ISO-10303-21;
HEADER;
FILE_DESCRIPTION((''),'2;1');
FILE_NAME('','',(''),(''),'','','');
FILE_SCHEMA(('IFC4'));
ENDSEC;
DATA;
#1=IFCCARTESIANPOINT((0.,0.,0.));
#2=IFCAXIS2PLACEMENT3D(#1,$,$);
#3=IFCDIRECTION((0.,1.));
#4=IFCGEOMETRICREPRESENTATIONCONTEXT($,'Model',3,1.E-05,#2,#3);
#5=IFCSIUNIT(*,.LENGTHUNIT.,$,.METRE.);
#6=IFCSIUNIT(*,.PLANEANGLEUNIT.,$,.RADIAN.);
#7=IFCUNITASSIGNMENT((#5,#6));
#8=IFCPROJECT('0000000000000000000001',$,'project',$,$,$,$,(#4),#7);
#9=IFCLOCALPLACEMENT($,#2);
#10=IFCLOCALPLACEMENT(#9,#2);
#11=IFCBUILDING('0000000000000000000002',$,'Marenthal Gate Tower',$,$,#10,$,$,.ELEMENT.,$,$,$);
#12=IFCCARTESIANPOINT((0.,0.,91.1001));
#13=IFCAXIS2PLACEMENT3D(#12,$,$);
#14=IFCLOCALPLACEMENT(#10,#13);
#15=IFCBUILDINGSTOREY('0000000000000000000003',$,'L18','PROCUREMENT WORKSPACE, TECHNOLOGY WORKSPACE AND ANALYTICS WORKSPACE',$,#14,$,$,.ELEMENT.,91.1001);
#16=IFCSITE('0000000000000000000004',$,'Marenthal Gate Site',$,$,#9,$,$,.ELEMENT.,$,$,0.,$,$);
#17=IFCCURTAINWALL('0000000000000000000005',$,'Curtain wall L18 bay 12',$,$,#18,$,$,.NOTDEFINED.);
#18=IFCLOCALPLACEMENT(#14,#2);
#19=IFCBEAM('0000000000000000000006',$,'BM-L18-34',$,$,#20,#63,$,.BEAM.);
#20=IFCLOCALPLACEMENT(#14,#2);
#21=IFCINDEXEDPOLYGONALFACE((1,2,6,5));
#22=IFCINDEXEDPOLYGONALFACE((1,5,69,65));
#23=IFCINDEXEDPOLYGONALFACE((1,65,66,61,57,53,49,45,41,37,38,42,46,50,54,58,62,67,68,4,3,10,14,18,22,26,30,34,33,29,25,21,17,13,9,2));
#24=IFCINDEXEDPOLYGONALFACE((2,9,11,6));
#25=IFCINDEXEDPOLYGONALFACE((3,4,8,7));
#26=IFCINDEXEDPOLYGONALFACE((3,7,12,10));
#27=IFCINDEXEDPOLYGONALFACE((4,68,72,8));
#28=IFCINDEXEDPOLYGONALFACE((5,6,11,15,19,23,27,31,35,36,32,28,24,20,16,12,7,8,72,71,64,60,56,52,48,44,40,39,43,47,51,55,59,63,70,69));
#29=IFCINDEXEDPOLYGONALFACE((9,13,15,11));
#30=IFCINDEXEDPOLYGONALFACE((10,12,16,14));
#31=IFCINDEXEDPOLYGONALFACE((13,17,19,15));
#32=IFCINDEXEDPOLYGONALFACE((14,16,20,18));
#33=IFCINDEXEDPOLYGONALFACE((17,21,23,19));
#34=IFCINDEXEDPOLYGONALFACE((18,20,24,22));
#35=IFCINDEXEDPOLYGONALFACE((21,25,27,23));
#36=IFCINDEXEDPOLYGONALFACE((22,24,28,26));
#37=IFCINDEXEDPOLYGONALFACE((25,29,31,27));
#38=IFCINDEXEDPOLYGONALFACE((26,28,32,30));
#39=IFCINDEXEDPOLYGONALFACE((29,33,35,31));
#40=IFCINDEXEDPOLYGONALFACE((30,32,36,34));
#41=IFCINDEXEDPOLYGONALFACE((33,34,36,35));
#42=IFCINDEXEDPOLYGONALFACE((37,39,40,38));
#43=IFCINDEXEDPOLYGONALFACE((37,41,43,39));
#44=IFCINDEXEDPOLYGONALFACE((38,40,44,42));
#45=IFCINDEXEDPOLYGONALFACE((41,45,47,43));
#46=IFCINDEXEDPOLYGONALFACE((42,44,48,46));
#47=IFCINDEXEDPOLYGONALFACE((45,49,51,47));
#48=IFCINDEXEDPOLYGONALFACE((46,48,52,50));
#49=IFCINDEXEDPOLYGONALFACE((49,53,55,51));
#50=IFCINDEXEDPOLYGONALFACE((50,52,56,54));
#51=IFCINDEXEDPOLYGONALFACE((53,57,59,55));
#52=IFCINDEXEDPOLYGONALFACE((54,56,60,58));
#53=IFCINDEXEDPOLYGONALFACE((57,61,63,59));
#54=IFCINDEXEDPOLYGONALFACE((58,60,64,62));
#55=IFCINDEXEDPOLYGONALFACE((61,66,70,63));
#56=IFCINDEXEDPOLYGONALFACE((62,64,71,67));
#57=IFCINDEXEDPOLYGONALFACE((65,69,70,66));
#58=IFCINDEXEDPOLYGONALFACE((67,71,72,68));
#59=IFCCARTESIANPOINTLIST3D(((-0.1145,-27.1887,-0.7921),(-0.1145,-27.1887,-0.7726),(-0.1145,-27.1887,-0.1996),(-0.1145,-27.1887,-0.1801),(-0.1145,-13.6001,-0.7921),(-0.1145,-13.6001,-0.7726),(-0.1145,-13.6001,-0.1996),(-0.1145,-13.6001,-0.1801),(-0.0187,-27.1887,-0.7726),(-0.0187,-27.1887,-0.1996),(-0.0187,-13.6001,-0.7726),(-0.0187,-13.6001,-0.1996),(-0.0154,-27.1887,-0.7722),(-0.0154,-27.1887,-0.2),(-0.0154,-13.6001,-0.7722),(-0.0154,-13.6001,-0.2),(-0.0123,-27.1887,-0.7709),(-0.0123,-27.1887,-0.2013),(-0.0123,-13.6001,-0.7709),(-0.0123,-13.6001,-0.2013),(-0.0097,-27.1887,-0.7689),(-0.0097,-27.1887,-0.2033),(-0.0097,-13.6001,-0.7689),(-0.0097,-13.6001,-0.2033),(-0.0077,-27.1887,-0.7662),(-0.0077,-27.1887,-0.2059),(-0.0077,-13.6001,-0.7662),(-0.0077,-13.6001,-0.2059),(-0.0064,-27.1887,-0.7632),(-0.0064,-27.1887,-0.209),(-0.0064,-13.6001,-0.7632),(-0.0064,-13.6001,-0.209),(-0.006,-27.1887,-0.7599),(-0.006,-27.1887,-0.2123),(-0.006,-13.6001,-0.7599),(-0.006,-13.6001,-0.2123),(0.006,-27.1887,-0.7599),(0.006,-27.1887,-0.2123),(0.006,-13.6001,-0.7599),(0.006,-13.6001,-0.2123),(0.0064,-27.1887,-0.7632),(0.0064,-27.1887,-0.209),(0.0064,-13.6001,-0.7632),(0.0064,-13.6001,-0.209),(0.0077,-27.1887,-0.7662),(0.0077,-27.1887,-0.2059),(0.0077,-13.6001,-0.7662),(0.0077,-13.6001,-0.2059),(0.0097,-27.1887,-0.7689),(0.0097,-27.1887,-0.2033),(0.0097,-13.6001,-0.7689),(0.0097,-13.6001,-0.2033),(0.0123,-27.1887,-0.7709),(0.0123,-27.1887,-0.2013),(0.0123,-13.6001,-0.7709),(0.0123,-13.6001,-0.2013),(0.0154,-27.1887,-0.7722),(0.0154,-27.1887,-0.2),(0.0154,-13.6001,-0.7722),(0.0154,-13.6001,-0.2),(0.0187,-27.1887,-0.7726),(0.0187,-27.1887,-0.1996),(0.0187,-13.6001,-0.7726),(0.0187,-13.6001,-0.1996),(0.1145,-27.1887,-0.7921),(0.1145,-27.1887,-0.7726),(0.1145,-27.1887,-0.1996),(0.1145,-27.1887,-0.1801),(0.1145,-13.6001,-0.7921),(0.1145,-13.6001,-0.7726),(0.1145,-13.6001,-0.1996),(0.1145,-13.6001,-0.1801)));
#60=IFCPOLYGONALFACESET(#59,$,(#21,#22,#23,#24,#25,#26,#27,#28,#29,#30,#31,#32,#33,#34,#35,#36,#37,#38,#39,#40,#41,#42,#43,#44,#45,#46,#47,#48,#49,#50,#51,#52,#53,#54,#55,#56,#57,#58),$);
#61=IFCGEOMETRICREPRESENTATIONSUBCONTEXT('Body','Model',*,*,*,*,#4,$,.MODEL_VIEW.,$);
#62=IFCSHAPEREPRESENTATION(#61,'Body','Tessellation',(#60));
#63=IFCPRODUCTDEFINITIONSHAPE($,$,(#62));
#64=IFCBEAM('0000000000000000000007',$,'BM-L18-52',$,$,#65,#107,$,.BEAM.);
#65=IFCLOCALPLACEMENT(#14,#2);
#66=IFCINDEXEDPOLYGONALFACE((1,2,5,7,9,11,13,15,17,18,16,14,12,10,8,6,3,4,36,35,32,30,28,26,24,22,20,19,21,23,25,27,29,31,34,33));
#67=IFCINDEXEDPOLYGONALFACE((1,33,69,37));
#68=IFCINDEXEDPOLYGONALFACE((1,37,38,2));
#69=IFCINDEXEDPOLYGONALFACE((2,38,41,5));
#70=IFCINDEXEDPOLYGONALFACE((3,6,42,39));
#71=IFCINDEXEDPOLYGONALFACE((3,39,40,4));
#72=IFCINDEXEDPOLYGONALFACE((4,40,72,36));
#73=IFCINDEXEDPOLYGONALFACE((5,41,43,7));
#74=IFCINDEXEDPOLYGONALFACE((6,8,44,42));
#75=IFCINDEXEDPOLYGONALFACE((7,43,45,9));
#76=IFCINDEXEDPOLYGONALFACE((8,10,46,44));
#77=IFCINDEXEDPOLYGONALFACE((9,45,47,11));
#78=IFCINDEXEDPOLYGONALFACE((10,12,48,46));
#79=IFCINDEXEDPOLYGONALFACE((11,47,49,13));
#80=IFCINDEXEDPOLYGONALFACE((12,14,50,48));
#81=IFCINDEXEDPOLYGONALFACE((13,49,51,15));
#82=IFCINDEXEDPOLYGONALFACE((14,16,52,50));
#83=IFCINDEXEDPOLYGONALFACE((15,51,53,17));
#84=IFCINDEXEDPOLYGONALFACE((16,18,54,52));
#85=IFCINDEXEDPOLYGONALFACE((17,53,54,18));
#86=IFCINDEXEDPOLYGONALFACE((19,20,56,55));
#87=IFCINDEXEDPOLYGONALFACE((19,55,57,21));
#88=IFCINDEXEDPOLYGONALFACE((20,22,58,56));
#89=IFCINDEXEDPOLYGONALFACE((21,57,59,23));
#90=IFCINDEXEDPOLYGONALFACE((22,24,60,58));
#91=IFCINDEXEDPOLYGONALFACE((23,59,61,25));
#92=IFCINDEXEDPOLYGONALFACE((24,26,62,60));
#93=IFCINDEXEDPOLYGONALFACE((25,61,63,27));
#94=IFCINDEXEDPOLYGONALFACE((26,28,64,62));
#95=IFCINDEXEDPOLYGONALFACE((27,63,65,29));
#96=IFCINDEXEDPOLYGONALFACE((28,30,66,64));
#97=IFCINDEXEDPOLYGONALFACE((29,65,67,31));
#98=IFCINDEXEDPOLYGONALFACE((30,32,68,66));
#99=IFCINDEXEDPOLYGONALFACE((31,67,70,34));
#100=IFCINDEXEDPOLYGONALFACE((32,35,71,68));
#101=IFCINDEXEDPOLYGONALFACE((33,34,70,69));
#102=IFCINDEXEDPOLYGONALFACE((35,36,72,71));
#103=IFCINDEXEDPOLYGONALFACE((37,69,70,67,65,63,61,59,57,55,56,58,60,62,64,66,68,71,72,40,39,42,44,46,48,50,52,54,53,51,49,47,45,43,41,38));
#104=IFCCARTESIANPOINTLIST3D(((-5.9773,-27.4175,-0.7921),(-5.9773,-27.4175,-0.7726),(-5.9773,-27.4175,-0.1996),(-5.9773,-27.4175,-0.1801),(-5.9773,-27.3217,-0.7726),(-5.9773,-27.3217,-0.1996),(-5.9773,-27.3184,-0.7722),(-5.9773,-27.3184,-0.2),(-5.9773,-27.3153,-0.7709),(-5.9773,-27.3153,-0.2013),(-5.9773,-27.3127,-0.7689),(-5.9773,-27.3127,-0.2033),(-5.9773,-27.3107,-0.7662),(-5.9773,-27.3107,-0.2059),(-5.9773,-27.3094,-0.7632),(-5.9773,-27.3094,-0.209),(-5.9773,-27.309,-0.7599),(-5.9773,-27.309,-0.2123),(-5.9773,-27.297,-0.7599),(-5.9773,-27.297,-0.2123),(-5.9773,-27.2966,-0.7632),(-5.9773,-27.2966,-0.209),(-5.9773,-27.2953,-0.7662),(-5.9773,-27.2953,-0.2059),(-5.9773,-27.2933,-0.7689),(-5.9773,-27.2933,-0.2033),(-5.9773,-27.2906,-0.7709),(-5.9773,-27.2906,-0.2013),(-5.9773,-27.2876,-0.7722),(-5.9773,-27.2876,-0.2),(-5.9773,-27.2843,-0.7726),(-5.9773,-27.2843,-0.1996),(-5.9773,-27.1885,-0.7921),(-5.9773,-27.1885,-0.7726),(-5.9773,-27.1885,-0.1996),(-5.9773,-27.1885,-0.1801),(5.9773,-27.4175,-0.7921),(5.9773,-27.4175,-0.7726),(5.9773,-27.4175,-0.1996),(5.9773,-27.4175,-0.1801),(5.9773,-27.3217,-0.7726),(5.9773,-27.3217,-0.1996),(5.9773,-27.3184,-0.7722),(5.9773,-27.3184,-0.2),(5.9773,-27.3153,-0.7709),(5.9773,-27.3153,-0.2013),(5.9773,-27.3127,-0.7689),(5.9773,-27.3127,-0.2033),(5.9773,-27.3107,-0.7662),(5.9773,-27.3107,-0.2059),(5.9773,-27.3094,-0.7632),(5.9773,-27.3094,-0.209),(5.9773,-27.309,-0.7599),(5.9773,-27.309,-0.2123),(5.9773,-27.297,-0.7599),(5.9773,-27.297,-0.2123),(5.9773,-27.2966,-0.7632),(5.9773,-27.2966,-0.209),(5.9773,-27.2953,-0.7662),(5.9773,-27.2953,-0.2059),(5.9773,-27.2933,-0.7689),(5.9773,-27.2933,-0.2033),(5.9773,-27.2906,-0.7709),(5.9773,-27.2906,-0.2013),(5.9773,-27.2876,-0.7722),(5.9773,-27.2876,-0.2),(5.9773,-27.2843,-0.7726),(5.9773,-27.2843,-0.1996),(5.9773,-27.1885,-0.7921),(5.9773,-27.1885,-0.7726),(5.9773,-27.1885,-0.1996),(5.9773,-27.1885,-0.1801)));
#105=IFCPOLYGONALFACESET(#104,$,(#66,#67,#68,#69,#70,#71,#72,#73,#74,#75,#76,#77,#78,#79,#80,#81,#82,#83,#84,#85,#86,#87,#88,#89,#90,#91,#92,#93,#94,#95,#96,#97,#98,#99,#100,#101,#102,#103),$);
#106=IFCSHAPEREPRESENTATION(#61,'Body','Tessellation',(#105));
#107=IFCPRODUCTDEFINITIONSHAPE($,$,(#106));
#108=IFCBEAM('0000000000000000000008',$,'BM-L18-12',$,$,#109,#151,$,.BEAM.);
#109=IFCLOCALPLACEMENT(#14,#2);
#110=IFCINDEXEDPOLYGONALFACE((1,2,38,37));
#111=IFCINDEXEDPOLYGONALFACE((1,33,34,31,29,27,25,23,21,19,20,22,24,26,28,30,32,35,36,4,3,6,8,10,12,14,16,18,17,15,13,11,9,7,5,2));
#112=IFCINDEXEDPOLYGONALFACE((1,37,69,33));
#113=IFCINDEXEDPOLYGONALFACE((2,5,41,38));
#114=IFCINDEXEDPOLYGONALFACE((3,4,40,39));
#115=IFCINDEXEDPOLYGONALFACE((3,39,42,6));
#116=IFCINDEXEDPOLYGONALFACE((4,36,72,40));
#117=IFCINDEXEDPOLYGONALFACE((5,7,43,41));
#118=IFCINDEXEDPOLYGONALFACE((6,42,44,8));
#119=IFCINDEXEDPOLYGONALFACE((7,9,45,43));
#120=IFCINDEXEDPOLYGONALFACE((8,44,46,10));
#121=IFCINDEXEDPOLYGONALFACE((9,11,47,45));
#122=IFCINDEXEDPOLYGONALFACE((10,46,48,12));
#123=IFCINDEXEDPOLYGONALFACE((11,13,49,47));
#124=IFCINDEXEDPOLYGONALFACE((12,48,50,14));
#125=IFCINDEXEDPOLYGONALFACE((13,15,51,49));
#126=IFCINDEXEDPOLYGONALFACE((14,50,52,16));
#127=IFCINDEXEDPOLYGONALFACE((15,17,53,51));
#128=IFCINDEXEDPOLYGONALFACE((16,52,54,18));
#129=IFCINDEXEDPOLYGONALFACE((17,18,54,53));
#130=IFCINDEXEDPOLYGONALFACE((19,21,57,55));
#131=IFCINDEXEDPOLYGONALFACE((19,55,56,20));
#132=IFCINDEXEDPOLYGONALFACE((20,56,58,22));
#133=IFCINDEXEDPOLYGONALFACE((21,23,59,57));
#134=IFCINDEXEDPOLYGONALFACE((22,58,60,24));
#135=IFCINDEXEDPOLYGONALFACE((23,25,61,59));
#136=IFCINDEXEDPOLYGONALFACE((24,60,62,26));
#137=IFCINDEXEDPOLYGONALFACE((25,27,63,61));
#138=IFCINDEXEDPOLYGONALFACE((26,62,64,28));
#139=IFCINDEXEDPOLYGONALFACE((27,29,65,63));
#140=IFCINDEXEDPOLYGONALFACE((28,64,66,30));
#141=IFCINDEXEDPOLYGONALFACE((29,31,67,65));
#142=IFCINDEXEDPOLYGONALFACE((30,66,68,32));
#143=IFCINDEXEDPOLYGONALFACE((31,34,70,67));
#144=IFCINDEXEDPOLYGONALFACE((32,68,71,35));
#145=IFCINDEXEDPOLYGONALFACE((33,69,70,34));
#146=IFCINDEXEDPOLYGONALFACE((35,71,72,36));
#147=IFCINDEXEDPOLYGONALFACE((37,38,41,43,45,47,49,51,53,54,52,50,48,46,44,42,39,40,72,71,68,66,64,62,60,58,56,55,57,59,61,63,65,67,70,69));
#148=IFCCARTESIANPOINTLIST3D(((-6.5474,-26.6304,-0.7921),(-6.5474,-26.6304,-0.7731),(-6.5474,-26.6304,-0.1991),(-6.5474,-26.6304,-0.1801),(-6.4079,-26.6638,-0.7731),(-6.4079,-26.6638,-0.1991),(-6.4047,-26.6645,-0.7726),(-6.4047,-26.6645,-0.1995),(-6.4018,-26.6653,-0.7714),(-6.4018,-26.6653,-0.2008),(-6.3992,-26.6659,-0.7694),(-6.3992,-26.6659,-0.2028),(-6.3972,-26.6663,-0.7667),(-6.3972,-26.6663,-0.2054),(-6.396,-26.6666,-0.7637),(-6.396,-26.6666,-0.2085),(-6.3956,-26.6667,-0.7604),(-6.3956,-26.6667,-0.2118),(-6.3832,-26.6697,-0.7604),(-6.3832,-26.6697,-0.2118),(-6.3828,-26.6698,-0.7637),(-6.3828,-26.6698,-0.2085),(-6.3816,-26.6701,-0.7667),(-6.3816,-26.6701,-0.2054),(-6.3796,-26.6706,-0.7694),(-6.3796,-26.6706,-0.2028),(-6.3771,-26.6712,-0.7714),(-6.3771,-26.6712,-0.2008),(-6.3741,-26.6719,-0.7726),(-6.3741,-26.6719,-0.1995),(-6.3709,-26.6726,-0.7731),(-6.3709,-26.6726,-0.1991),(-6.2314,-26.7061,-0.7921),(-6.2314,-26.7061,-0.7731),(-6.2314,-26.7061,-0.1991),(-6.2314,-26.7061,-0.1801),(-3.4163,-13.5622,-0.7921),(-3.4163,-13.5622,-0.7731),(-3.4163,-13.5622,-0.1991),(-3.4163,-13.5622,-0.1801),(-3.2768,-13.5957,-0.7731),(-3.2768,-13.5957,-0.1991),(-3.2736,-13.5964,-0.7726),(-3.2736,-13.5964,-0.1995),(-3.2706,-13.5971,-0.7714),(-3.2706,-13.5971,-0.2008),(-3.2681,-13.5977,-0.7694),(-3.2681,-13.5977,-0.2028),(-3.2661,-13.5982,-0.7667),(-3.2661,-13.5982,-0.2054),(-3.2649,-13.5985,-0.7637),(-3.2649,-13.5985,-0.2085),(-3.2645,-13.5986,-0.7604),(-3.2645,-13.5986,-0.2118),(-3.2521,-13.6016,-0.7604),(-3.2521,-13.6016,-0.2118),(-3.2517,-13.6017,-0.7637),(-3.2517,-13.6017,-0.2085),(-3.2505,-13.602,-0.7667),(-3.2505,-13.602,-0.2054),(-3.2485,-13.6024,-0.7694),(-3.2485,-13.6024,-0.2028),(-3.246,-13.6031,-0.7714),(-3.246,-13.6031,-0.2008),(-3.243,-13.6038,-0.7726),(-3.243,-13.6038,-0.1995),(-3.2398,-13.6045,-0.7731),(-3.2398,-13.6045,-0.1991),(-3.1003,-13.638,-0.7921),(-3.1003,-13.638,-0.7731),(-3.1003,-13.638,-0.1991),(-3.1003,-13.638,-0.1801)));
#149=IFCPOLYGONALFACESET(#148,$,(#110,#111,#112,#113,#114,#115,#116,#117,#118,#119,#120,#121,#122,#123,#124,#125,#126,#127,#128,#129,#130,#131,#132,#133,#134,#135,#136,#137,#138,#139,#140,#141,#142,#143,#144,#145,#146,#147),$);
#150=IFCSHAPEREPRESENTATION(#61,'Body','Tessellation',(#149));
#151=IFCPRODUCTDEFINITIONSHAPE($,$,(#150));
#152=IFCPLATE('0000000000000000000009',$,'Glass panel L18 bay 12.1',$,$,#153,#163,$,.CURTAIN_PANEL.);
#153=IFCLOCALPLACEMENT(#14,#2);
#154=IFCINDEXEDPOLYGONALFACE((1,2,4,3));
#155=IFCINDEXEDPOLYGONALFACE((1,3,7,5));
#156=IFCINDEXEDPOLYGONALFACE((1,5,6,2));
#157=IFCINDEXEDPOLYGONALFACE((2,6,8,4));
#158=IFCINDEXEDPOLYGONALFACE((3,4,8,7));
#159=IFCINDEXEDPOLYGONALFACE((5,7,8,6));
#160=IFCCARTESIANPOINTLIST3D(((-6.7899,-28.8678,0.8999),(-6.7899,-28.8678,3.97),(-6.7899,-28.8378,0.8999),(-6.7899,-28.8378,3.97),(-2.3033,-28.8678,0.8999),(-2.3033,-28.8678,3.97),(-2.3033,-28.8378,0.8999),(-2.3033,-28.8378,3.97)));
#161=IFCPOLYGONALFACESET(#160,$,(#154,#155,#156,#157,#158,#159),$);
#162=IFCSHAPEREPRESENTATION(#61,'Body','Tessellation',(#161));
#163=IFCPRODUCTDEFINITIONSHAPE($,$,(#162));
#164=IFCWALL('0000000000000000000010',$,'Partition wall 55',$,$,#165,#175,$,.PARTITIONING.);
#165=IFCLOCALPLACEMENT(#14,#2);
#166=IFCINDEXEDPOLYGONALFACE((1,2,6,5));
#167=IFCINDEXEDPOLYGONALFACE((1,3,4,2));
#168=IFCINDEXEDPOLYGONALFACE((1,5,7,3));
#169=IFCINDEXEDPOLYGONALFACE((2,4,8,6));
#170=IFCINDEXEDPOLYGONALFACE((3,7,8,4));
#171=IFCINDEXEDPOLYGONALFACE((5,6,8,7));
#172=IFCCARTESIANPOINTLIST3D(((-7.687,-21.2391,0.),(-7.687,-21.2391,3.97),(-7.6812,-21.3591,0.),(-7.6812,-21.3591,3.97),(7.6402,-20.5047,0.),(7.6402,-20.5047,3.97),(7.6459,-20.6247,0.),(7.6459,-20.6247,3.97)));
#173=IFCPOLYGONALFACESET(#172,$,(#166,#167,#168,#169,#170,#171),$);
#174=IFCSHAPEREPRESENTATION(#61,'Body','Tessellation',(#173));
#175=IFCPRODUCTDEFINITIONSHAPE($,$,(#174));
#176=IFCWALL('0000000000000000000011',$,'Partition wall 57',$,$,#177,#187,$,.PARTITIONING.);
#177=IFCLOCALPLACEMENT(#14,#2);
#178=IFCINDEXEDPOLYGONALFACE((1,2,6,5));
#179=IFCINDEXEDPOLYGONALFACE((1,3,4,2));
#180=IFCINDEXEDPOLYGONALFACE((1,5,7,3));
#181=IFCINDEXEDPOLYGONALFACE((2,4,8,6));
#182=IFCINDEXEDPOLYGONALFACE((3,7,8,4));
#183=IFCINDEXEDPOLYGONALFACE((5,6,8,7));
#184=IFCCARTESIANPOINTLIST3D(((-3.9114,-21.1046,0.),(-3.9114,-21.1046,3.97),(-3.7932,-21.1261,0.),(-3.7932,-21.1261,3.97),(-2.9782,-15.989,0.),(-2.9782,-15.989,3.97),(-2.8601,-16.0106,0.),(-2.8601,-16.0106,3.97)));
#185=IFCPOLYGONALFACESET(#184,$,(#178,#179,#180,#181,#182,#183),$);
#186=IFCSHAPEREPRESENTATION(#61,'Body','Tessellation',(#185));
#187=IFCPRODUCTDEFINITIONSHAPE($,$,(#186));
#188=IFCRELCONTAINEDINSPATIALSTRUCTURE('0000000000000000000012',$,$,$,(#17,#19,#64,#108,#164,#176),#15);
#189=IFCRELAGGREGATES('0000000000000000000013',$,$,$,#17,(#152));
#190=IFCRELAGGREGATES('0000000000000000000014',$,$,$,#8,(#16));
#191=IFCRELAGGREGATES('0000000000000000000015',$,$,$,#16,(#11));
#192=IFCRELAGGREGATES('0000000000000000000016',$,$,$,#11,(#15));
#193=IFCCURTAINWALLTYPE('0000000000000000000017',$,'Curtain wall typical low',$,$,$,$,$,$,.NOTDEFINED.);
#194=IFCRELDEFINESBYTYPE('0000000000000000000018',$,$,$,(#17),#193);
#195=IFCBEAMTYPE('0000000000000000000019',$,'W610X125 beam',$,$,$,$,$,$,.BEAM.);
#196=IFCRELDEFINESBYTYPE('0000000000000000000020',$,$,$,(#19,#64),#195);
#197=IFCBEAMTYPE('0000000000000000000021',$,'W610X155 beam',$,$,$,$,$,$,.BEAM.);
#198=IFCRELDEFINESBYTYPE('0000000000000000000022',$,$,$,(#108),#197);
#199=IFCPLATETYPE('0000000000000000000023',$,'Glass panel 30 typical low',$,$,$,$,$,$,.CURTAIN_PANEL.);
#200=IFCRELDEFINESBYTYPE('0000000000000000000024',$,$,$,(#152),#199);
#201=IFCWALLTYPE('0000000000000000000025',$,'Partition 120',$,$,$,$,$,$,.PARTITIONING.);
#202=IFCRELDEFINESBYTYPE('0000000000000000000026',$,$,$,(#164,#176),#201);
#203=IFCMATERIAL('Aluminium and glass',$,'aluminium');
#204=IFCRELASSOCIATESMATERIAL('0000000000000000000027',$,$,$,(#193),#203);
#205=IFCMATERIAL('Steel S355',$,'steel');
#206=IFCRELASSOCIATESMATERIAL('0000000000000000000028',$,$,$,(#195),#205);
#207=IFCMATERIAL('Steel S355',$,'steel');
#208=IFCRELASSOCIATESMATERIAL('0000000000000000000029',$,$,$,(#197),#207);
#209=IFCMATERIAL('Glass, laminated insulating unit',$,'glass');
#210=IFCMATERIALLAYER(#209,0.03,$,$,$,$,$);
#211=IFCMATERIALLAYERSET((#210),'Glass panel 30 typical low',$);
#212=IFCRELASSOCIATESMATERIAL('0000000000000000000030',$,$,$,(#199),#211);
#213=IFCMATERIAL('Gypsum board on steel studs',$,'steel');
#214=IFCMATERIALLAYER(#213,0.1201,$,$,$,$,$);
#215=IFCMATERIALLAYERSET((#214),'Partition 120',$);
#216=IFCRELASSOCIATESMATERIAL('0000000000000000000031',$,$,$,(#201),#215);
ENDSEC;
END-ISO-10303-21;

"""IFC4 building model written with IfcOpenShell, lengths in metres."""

from ifc_helpers import new_model, si_unit, direction, frame, frame_2d, origin, origin_2d, place, context, subcontext, project, spatial, rectangle, i_section, extrude, material, layer, layer_set, material_profile, profile_set, type_object, element, aggregate, save


model = new_model("IFC4")

# Units and contexts
model_context = context("Model", 3, precision=1e-05, world=origin(), true_north=direction((0.0, 1.0)))
body_context = subcontext(model_context, "Body", "Model", "MODEL_VIEW")
ifc_project = project(units=[si_unit("LENGTHUNIT", "METRE"), si_unit("PLANEANGLEUNIT", "RADIAN")], contexts=[model_context])

# Site, building, storey
site_placement = place(None, origin())
site = spatial("IfcSite", under=ifc_project, at=site_placement, Name="Marenthal Gate Site", CompositionType="ELEMENT", RefElevation=0.0)
building_placement = place(site_placement, origin())
building = spatial("IfcBuilding", under=site, at=building_placement, Name="Marenthal Gate Tower", CompositionType="ELEMENT")
storey_placement = place(building_placement, frame((0.0, 0.0, 91.1001)))
storey = spatial("IfcBuildingStorey", under=building, at=storey_placement, Name="L18", Description="PROCUREMENT WORKSPACE, TECHNOLOGY WORKSPACE AND ANALYTICS WORKSPACE", CompositionType="ELEMENT", Elevation=91.1001)

# Curtain wall
ifc_material_1 = material(Name="Aluminium and glass", Category="aluminium")
curtain_wall_type = type_object("IfcCurtainWallType", Name="Curtain wall typical low", PredefinedType="NOTDEFINED", material=ifc_material_1)
curtain_wall_placement = place(storey_placement, origin())
curtain_wall = element("IfcCurtainWall", 1, at=curtain_wall_placement, inside=storey, type_object=curtain_wall_type, Name="Curtain wall L18 bay 12", PredefinedType="NOTDEFINED")

# Beams
ifc_material_2 = material(Name="Steel S355", Category="steel")
ifc_material_profile_1 = material_profile(ifc_material_2, i_section(OverallWidth=0.229, OverallDepth=0.6121, WebThickness=0.012, FlangeThickness=0.0195, FilletRadius=0.0127, at=origin_2d()), Name="W610X125")
ifc_profile_set_1 = profile_set([ifc_material_profile_1], Name="Steel S355")
beam_type_1 = type_object("IfcBeamType", Name="W610X125 beam", PredefinedType="BEAM", material=ifc_profile_set_1)
beam_1_placement = place(storey_placement, frame((0.0, -27.1887, -0.4861), z_axis=(0.0, 1.0, 0.0), x_axis=(-1.0, 0.0, 0.0)))
element("IfcBeam", 2, at=beam_1_placement, inside=storey, type_object=beam_type_1, Name="BM-L18-34", PredefinedType="BEAM", context=body_context, shape_type="SweptSolid", body=[
    extrude(i_section(OverallWidth=0.229, OverallDepth=0.6121, WebThickness=0.012, FlangeThickness=0.0195, FilletRadius=0.0127, at=origin_2d()), origin(), (0.0, 0.0, 1.0), 13.5886),
])
beam_2_placement = place(storey_placement, frame((-5.9773, -27.303, -0.4861), z_axis=(1.0, 0.0, 0.0), x_axis=(0.0, 1.0, 0.0)))
element("IfcBeam", 3, at=beam_2_placement, inside=storey, type_object=beam_type_1, Name="BM-L18-52", PredefinedType="BEAM", context=body_context, shape_type="SweptSolid", body=[
    extrude(i_section(OverallWidth=0.229, OverallDepth=0.6121, WebThickness=0.012, FlangeThickness=0.0195, FilletRadius=0.0127, at=origin_2d()), origin(), (0.0, 0.0, 1.0), 11.9546),
])
ifc_material_3 = material(Name="Steel S355", Category="steel")
ifc_material_profile_2 = material_profile(ifc_material_3, i_section(OverallWidth=0.325, OverallDepth=0.6121, WebThickness=0.0127, FlangeThickness=0.019, FilletRadius=0.0127, at=origin_2d()), Name="W610X155")
ifc_profile_set_2 = profile_set([ifc_material_profile_2], Name="Steel S355")
beam_type_2 = type_object("IfcBeamType", Name="W610X155 beam", PredefinedType="BEAM", material=ifc_profile_set_2)
beam_3_placement = place(storey_placement, frame((-6.3894, -26.6682, -0.4861), z_axis=(0.233004, 0.972476, 0.0), x_axis=(-0.972476, 0.233004, 0.0)))
element("IfcBeam", 4, at=beam_3_placement, inside=storey, type_object=beam_type_2, Name="BM-L18-12", PredefinedType="BEAM", context=body_context, shape_type="SweptSolid", body=[
    extrude(i_section(OverallWidth=0.325, OverallDepth=0.6121, WebThickness=0.0127, FlangeThickness=0.019, FilletRadius=0.0127, at=origin_2d()), origin(), (0.0, 0.0, 1.0), 13.438),
])

# Plate
ifc_material_4 = material(Name="Glass, laminated insulating unit", Category="glass")
ifc_layer_1 = layer(ifc_material_4, 0.03)
ifc_layer_set_1 = layer_set([ifc_layer_1], Name="Glass panel 30 typical low")
plate_type = type_object("IfcPlateType", Name="Glass panel 30 typical low", PredefinedType="CURTAIN_PANEL", material=ifc_layer_set_1)
plate_placement = place(storey_placement, frame((-4.5466, -28.8528, 0.8999), z_axis=(0.0, 0.0, 1.0), x_axis=(1.0, 0.0, 0.0)))
plate = element("IfcPlate", 5, at=plate_placement, type_object=plate_type, Name="Glass panel L18 bay 12.1", PredefinedType="CURTAIN_PANEL", context=body_context, shape_type="SweptSolid", body=[
    extrude(rectangle(XDim=4.4866, YDim=0.03, at=origin_2d()), origin(), (0.0, 0.0, 1.0), 3.0701),
])
aggregate(curtain_wall, [plate])

# Walls
ifc_material_5 = material(Name="Gypsum board on steel studs", Category="steel")
ifc_layer_2 = layer(ifc_material_5, 0.1201)
ifc_layer_set_2 = layer_set([ifc_layer_2], Name="Partition 120")
wall_type = type_object("IfcWallType", Name="Partition 120", PredefinedType="PARTITIONING", material=ifc_layer_set_2)
wall_1_placement = place(storey_placement, frame((-7.6841, -21.2991, 0.0), z_axis=(0.0, 0.0, 1.0), x_axis=(0.998854, 0.047858, 0.0)))
element("IfcWall", 6, at=wall_1_placement, inside=storey, type_object=wall_type, Name="Partition wall 55", PredefinedType="PARTITIONING", context=body_context, shape_type="SweptSolid", body=[
    extrude(rectangle(XDim=15.3447, YDim=0.1201, at=frame_2d((7.6724, 0.0))), origin(), (0.0, 0.0, 1.0), 3.97),
])
wall_2_placement = place(storey_placement, frame((-3.8523, -21.1155, 0.0), z_axis=(0.0, 0.0, 1.0), x_axis=(0.179447, 0.983768, 0.0)))
element("IfcWall", 7, at=wall_2_placement, inside=storey, type_object=wall_type, Name="Partition wall 57", PredefinedType="PARTITIONING", context=body_context, shape_type="SweptSolid", body=[
    extrude(rectangle(XDim=5.2, YDim=0.1201, at=frame_2d((2.6001, 0.0))), origin(), (0.0, 0.0, 1.0), 3.97),
])

save(model, "model.ifc")
